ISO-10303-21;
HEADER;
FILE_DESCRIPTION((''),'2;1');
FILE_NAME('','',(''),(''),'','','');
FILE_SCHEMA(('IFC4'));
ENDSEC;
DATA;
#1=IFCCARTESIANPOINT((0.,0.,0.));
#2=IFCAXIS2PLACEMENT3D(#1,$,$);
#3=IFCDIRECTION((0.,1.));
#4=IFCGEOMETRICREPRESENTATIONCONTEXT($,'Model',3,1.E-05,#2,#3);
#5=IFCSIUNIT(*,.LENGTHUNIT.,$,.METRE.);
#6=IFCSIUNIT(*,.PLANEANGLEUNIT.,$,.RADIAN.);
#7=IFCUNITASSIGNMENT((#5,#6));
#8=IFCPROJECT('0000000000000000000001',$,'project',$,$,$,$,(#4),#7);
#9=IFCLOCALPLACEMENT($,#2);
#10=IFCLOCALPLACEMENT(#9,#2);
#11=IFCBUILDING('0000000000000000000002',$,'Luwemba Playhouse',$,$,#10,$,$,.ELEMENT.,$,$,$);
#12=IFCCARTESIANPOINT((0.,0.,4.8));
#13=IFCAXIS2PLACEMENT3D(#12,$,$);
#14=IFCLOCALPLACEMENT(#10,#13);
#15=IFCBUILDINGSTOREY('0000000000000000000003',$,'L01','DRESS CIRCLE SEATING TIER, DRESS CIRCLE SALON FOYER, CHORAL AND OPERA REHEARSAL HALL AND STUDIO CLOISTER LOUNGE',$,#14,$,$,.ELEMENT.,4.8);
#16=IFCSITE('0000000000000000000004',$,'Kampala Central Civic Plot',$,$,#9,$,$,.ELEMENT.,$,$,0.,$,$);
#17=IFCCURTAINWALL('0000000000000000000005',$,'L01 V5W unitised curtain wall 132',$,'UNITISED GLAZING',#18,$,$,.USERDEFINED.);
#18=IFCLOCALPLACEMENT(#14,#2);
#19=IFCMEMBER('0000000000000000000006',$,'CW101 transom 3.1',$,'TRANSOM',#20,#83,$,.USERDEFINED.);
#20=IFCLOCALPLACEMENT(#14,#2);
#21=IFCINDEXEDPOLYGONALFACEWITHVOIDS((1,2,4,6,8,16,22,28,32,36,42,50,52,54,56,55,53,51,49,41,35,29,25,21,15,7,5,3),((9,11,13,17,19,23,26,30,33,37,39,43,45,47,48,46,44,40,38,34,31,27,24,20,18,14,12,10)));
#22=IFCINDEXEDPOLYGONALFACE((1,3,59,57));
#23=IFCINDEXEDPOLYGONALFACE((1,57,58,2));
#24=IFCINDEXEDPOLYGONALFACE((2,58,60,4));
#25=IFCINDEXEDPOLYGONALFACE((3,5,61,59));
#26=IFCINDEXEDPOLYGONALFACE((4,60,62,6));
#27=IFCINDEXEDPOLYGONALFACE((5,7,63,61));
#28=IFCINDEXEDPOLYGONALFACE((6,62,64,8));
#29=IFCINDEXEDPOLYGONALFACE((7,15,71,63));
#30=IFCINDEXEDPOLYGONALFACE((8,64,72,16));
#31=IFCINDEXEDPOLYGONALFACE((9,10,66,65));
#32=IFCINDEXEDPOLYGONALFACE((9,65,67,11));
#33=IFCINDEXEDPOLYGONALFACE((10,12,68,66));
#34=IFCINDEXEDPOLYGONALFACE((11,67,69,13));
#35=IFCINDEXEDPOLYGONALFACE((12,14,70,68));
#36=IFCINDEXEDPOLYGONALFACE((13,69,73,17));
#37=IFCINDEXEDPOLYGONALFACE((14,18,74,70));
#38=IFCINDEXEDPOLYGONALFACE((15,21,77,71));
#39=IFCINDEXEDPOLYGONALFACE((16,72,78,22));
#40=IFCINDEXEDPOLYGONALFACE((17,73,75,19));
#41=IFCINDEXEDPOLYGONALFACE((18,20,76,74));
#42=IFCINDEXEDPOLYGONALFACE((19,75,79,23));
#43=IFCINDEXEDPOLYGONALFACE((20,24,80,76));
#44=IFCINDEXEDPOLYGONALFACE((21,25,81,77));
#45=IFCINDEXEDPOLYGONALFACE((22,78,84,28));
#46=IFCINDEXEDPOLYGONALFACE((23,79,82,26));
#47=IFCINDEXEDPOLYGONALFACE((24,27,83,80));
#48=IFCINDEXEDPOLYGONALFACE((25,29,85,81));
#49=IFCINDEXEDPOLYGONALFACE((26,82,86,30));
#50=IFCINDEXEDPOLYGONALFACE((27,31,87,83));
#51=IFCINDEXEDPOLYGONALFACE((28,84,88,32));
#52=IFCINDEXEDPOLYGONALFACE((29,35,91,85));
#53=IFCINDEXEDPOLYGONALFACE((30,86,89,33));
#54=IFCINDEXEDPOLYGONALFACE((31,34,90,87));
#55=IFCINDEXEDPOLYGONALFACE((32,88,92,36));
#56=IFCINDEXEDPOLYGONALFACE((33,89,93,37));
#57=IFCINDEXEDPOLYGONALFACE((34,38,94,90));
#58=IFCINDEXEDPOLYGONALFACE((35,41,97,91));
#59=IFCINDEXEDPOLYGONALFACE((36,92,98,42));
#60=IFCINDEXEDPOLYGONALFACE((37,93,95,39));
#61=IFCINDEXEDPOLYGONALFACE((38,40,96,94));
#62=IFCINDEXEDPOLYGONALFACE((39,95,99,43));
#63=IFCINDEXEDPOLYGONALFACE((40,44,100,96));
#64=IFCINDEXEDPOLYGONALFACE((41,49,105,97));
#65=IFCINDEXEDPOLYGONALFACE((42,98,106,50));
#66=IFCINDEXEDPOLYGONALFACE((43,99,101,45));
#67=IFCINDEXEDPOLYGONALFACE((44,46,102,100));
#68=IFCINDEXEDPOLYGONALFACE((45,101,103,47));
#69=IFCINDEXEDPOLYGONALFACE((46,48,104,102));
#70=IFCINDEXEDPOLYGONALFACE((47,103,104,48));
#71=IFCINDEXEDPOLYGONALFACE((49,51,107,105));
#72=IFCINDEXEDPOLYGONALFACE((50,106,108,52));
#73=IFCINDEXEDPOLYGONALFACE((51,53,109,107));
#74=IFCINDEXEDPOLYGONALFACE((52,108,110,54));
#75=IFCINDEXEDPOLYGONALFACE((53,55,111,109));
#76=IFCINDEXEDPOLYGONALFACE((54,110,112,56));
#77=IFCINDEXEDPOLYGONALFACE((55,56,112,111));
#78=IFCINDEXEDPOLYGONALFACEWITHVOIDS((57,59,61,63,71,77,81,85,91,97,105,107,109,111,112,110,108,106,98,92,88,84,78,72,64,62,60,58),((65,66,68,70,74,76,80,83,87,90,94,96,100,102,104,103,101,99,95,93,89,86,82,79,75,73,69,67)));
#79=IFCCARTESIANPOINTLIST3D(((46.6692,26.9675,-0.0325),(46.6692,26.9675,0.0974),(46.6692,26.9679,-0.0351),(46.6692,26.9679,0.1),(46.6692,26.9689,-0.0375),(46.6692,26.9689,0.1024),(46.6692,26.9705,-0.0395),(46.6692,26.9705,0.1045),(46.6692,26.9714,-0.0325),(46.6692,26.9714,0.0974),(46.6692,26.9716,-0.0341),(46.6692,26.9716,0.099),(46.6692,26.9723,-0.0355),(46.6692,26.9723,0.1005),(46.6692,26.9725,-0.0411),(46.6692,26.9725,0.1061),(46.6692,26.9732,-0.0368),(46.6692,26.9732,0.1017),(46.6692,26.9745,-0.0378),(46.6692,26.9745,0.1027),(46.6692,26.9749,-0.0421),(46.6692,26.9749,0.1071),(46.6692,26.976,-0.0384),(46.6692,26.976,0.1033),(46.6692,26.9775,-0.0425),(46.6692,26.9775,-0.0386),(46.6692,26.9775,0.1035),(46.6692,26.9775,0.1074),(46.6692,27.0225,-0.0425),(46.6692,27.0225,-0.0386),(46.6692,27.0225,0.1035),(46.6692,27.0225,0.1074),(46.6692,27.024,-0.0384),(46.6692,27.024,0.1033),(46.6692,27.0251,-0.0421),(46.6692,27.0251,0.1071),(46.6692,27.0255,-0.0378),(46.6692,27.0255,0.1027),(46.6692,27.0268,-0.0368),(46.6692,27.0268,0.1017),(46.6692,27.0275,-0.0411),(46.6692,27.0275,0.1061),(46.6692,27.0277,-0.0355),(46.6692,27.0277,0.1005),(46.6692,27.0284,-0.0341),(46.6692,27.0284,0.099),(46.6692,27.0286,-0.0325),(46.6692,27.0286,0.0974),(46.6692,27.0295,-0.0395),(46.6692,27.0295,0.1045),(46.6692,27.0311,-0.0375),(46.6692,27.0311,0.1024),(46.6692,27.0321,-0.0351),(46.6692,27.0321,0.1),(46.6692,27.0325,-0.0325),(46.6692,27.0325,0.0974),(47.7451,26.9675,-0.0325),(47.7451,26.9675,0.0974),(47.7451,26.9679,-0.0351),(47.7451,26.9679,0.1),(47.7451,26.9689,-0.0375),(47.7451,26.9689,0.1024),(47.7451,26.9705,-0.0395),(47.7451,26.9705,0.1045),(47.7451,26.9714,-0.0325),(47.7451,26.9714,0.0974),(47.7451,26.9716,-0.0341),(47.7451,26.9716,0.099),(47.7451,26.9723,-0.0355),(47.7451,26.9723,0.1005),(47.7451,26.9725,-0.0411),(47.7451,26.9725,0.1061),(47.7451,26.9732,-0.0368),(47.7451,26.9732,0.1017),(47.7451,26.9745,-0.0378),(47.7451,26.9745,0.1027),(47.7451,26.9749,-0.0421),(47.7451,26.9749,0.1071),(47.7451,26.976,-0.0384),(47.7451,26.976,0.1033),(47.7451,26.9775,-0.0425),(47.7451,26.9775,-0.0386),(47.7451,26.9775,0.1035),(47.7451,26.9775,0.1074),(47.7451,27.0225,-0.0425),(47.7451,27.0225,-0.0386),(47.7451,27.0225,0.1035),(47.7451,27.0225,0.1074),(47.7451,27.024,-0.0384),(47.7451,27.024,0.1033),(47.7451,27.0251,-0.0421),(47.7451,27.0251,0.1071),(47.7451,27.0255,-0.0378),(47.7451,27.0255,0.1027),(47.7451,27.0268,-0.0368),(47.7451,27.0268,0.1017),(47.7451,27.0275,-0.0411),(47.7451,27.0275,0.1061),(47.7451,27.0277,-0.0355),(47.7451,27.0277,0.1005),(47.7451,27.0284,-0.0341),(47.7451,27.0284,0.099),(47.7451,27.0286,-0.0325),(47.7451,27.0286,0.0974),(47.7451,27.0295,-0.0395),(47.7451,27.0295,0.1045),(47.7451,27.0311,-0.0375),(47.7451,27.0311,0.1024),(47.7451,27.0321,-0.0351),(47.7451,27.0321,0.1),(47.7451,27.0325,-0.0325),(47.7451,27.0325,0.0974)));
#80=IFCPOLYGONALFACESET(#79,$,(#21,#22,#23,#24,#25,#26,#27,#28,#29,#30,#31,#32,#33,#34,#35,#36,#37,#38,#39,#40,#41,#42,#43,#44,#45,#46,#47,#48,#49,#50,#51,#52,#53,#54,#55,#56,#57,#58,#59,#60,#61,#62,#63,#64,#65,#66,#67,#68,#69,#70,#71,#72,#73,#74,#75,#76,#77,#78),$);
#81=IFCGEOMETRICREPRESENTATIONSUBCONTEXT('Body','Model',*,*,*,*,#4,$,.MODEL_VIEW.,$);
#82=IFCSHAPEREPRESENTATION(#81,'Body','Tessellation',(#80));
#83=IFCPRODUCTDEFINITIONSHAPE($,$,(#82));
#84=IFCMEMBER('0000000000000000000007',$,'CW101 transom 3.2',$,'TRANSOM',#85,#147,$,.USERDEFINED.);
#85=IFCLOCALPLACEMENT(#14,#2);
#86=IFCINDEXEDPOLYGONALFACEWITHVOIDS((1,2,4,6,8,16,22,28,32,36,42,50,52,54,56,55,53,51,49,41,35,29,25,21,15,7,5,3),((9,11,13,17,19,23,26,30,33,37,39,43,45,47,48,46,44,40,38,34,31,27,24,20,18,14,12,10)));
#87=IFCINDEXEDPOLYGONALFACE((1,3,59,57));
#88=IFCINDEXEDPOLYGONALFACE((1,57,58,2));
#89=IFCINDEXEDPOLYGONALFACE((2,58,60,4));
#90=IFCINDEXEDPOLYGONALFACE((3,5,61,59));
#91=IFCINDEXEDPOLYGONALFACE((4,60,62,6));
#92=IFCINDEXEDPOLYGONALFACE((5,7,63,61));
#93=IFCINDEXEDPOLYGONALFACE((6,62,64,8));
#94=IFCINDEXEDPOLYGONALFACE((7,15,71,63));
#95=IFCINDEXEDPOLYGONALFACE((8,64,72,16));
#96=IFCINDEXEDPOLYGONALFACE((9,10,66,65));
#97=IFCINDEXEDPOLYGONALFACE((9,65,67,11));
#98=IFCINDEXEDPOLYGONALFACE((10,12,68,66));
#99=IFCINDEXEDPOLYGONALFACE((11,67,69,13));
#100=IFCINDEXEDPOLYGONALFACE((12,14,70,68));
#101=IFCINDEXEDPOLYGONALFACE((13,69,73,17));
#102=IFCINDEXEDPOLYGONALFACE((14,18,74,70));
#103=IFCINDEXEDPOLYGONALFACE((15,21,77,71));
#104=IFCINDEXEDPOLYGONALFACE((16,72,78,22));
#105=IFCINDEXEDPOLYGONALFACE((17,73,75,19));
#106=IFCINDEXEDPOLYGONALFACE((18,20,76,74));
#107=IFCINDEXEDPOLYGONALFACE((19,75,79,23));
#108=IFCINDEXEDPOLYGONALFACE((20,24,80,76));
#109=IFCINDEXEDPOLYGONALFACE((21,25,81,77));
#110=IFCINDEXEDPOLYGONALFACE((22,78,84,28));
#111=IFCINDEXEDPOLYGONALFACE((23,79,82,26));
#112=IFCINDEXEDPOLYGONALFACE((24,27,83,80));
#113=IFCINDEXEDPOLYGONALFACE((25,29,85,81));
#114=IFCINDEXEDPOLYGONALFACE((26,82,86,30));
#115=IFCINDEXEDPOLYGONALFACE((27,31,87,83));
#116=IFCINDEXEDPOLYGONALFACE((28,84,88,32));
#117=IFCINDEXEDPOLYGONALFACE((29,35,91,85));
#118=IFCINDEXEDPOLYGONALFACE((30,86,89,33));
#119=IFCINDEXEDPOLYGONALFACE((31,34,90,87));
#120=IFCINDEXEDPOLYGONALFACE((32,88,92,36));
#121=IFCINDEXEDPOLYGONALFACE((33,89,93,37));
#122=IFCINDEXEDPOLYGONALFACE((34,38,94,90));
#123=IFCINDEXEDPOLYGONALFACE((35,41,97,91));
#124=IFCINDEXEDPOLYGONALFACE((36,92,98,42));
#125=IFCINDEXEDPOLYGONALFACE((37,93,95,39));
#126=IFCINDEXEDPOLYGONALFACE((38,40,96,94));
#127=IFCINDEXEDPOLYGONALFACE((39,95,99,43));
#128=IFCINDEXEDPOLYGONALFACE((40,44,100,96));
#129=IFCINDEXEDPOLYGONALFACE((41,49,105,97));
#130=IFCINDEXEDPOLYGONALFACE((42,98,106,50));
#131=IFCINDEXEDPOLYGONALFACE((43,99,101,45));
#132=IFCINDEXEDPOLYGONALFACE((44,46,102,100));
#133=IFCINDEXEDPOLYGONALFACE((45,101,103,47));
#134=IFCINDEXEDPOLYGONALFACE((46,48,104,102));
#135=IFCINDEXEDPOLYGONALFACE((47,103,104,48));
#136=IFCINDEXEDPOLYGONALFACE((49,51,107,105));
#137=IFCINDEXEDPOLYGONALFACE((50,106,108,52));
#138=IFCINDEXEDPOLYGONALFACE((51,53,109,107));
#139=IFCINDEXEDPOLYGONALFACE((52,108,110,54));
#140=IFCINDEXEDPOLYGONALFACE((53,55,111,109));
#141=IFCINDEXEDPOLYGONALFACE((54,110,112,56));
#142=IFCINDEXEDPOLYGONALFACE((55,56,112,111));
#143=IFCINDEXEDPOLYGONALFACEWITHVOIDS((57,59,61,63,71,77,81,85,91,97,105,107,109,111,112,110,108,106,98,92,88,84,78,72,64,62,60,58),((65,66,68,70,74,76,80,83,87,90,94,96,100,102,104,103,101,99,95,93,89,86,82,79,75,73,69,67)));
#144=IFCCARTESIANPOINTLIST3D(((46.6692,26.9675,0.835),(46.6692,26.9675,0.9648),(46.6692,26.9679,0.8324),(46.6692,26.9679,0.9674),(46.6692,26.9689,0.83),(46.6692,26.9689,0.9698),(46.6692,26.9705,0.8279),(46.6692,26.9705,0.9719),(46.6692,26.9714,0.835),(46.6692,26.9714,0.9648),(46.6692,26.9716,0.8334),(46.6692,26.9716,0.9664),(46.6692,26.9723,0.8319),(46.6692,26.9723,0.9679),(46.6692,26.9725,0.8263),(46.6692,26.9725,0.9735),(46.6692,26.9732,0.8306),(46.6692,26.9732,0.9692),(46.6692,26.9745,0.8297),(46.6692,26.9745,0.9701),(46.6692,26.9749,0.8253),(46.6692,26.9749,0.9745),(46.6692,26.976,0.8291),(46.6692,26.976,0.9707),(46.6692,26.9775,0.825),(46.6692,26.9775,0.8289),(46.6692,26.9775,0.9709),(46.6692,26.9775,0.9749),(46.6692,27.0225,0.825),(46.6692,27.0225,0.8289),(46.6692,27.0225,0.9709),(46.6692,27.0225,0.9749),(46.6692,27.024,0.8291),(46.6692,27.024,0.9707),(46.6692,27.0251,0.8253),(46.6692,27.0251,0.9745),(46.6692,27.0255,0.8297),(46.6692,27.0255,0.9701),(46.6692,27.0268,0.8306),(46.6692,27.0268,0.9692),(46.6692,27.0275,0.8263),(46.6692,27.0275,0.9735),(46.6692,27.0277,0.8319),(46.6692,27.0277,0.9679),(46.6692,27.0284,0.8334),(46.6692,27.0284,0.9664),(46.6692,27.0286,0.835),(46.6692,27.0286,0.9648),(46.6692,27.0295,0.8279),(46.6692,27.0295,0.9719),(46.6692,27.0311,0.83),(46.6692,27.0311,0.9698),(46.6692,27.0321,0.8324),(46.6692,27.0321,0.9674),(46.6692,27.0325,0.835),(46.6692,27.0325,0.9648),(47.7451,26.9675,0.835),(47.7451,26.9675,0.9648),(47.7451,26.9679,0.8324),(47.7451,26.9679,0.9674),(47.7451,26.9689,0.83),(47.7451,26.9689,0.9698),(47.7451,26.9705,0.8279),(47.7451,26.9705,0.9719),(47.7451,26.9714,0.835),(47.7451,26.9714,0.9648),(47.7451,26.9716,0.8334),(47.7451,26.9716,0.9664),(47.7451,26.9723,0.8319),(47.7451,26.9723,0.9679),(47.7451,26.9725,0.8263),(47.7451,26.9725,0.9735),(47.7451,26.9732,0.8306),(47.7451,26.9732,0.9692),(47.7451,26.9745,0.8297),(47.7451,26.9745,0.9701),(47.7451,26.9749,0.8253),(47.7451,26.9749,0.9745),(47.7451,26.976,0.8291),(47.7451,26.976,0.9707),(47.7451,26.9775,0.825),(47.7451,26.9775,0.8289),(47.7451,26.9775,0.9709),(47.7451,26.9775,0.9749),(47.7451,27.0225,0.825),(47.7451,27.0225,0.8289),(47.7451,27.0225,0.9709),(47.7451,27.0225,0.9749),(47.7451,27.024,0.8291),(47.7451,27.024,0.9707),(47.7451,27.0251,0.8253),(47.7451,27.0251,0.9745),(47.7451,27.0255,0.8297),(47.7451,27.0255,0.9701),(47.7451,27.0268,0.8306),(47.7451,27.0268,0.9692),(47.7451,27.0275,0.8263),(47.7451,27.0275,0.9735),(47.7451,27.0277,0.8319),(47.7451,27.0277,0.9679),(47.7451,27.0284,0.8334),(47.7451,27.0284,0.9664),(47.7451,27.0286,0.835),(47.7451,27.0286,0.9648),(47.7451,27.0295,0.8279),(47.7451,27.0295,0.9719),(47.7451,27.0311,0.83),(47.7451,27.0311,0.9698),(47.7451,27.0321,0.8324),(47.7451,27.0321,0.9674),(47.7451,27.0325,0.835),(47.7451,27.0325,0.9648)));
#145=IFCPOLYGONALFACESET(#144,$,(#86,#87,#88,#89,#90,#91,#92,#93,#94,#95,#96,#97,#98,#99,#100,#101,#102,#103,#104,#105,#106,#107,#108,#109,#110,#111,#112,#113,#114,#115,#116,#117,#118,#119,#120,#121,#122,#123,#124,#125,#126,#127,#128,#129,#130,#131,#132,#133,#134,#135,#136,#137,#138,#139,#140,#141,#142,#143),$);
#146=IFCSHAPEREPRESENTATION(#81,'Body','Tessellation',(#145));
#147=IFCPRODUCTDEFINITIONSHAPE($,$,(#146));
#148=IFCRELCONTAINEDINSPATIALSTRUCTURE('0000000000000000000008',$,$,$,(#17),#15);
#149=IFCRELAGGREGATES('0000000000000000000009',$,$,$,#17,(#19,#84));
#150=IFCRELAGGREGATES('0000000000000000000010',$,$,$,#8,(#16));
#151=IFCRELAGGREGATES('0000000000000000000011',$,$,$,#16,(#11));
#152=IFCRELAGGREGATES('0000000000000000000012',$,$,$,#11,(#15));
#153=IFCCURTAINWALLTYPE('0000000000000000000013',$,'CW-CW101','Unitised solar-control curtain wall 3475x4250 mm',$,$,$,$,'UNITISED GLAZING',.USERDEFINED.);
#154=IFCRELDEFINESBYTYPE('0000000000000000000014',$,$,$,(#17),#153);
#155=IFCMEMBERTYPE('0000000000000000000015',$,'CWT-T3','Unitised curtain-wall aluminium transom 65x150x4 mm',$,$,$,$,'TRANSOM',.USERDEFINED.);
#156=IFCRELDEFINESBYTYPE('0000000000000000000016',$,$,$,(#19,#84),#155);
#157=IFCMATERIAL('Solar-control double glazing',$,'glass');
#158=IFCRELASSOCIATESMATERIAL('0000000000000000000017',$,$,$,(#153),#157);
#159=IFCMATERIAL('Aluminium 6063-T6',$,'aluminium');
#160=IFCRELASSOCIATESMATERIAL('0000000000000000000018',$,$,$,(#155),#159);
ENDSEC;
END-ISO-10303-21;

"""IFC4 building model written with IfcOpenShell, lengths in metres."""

from ifc_helpers import new_model, si_unit, direction, frame, origin, origin_2d, place, context, subcontext, project, spatial, hollow_rectangle, extrude, material, material_profile, profile_set, type_object, element, aggregate, save


model = new_model("IFC4")

# Units and contexts
model_context = context("Model", 3, precision=1e-05, world=origin(), true_north=direction((0.0, 1.0)))
body_context = subcontext(model_context, "Body", "Model", "MODEL_VIEW")
ifc_project = project(units=[si_unit("LENGTHUNIT", "METRE"), si_unit("PLANEANGLEUNIT", "RADIAN")], contexts=[model_context])

# Site, building, storey
site_placement = place(None, origin())
site = spatial("IfcSite", under=ifc_project, at=site_placement, Name="Kampala Central Civic Plot", CompositionType="ELEMENT", RefElevation=0.0)
building_placement = place(site_placement, origin())
building = spatial("IfcBuilding", under=site, at=building_placement, Name="Luwemba Playhouse", CompositionType="ELEMENT")
storey_placement = place(building_placement, frame((0.0, 0.0, 4.8)))
storey = spatial("IfcBuildingStorey", under=building, at=storey_placement, Name="L01", Description="DRESS CIRCLE SEATING TIER, DRESS CIRCLE SALON FOYER, CHORAL AND OPERA REHEARSAL HALL AND STUDIO CLOISTER LOUNGE", CompositionType="ELEMENT", Elevation=4.8)

# Shared definitions
ifc_material_1 = material(Name="Solar-control double glazing", Category="glass")
ifc_material_2 = material(Name="Aluminium 6063-T6", Category="aluminium")

# Curtain wall
curtain_wall_type_1 = type_object("IfcCurtainWallType", Name="CW-CW101", Description="Unitised solar-control curtain wall 3475x4250 mm", ElementType="UNITISED GLAZING", PredefinedType="USERDEFINED", material=ifc_material_1)
curtain_wall_1_placement = place(storey_placement, origin())
curtain_wall_1 = element("IfcCurtainWall", 1, at=curtain_wall_1_placement, inside=storey, type_object=curtain_wall_type_1, Name="L01 V5W unitised curtain wall 132", ObjectType="UNITISED GLAZING", PredefinedType="USERDEFINED")

# Members
ifc_material_profile_1 = material_profile(ifc_material_2, hollow_rectangle(XDim=0.0649, YDim=0.1499, WallThickness=0.0039, InnerFilletRadius=0.0061, OuterFilletRadius=0.01, at=origin_2d()))
ifc_profile_set_1 = profile_set([ifc_material_profile_1], Name="Aluminium 6063-T6")
member_type_1 = type_object("IfcMemberType", Name="CWT-T3", Description="Unitised curtain-wall aluminium transom 65x150x4 mm", ElementType="TRANSOM", PredefinedType="USERDEFINED", material=ifc_profile_set_1)
member_1_placement = place(storey_placement, frame((46.6692, 27.0, 0.0325), z_axis=(1.0, 0.0, 0.0), x_axis=(0.0, 1.0, 0.0)))
member_1 = element("IfcMember", 2, at=member_1_placement, type_object=member_type_1, Name="CW101 transom 3.1", ObjectType="TRANSOM", PredefinedType="USERDEFINED", context=body_context, shape_type="SweptSolid", body=[
    extrude(hollow_rectangle(XDim=0.0649, YDim=0.1499, WallThickness=0.0039, InnerFilletRadius=0.0061, OuterFilletRadius=0.01, at=origin_2d()), origin(), (0.0, 0.0, 1.0), 1.0759),
])
member_2_placement = place(storey_placement, frame((46.6692, 27.0, 0.8999), z_axis=(1.0, 0.0, 0.0), x_axis=(0.0, 1.0, 0.0)))
member_2 = element("IfcMember", 3, at=member_2_placement, type_object=member_type_1, Name="CW101 transom 3.2", ObjectType="TRANSOM", PredefinedType="USERDEFINED", context=body_context, shape_type="SweptSolid", body=[
    extrude(hollow_rectangle(XDim=0.0649, YDim=0.1499, WallThickness=0.0039, InnerFilletRadius=0.0061, OuterFilletRadius=0.01, at=origin_2d()), origin(), (0.0, 0.0, 1.0), 1.0759),
])

aggregate(curtain_wall_1, [member_1, member_2])

save(model, "model.ifc")
